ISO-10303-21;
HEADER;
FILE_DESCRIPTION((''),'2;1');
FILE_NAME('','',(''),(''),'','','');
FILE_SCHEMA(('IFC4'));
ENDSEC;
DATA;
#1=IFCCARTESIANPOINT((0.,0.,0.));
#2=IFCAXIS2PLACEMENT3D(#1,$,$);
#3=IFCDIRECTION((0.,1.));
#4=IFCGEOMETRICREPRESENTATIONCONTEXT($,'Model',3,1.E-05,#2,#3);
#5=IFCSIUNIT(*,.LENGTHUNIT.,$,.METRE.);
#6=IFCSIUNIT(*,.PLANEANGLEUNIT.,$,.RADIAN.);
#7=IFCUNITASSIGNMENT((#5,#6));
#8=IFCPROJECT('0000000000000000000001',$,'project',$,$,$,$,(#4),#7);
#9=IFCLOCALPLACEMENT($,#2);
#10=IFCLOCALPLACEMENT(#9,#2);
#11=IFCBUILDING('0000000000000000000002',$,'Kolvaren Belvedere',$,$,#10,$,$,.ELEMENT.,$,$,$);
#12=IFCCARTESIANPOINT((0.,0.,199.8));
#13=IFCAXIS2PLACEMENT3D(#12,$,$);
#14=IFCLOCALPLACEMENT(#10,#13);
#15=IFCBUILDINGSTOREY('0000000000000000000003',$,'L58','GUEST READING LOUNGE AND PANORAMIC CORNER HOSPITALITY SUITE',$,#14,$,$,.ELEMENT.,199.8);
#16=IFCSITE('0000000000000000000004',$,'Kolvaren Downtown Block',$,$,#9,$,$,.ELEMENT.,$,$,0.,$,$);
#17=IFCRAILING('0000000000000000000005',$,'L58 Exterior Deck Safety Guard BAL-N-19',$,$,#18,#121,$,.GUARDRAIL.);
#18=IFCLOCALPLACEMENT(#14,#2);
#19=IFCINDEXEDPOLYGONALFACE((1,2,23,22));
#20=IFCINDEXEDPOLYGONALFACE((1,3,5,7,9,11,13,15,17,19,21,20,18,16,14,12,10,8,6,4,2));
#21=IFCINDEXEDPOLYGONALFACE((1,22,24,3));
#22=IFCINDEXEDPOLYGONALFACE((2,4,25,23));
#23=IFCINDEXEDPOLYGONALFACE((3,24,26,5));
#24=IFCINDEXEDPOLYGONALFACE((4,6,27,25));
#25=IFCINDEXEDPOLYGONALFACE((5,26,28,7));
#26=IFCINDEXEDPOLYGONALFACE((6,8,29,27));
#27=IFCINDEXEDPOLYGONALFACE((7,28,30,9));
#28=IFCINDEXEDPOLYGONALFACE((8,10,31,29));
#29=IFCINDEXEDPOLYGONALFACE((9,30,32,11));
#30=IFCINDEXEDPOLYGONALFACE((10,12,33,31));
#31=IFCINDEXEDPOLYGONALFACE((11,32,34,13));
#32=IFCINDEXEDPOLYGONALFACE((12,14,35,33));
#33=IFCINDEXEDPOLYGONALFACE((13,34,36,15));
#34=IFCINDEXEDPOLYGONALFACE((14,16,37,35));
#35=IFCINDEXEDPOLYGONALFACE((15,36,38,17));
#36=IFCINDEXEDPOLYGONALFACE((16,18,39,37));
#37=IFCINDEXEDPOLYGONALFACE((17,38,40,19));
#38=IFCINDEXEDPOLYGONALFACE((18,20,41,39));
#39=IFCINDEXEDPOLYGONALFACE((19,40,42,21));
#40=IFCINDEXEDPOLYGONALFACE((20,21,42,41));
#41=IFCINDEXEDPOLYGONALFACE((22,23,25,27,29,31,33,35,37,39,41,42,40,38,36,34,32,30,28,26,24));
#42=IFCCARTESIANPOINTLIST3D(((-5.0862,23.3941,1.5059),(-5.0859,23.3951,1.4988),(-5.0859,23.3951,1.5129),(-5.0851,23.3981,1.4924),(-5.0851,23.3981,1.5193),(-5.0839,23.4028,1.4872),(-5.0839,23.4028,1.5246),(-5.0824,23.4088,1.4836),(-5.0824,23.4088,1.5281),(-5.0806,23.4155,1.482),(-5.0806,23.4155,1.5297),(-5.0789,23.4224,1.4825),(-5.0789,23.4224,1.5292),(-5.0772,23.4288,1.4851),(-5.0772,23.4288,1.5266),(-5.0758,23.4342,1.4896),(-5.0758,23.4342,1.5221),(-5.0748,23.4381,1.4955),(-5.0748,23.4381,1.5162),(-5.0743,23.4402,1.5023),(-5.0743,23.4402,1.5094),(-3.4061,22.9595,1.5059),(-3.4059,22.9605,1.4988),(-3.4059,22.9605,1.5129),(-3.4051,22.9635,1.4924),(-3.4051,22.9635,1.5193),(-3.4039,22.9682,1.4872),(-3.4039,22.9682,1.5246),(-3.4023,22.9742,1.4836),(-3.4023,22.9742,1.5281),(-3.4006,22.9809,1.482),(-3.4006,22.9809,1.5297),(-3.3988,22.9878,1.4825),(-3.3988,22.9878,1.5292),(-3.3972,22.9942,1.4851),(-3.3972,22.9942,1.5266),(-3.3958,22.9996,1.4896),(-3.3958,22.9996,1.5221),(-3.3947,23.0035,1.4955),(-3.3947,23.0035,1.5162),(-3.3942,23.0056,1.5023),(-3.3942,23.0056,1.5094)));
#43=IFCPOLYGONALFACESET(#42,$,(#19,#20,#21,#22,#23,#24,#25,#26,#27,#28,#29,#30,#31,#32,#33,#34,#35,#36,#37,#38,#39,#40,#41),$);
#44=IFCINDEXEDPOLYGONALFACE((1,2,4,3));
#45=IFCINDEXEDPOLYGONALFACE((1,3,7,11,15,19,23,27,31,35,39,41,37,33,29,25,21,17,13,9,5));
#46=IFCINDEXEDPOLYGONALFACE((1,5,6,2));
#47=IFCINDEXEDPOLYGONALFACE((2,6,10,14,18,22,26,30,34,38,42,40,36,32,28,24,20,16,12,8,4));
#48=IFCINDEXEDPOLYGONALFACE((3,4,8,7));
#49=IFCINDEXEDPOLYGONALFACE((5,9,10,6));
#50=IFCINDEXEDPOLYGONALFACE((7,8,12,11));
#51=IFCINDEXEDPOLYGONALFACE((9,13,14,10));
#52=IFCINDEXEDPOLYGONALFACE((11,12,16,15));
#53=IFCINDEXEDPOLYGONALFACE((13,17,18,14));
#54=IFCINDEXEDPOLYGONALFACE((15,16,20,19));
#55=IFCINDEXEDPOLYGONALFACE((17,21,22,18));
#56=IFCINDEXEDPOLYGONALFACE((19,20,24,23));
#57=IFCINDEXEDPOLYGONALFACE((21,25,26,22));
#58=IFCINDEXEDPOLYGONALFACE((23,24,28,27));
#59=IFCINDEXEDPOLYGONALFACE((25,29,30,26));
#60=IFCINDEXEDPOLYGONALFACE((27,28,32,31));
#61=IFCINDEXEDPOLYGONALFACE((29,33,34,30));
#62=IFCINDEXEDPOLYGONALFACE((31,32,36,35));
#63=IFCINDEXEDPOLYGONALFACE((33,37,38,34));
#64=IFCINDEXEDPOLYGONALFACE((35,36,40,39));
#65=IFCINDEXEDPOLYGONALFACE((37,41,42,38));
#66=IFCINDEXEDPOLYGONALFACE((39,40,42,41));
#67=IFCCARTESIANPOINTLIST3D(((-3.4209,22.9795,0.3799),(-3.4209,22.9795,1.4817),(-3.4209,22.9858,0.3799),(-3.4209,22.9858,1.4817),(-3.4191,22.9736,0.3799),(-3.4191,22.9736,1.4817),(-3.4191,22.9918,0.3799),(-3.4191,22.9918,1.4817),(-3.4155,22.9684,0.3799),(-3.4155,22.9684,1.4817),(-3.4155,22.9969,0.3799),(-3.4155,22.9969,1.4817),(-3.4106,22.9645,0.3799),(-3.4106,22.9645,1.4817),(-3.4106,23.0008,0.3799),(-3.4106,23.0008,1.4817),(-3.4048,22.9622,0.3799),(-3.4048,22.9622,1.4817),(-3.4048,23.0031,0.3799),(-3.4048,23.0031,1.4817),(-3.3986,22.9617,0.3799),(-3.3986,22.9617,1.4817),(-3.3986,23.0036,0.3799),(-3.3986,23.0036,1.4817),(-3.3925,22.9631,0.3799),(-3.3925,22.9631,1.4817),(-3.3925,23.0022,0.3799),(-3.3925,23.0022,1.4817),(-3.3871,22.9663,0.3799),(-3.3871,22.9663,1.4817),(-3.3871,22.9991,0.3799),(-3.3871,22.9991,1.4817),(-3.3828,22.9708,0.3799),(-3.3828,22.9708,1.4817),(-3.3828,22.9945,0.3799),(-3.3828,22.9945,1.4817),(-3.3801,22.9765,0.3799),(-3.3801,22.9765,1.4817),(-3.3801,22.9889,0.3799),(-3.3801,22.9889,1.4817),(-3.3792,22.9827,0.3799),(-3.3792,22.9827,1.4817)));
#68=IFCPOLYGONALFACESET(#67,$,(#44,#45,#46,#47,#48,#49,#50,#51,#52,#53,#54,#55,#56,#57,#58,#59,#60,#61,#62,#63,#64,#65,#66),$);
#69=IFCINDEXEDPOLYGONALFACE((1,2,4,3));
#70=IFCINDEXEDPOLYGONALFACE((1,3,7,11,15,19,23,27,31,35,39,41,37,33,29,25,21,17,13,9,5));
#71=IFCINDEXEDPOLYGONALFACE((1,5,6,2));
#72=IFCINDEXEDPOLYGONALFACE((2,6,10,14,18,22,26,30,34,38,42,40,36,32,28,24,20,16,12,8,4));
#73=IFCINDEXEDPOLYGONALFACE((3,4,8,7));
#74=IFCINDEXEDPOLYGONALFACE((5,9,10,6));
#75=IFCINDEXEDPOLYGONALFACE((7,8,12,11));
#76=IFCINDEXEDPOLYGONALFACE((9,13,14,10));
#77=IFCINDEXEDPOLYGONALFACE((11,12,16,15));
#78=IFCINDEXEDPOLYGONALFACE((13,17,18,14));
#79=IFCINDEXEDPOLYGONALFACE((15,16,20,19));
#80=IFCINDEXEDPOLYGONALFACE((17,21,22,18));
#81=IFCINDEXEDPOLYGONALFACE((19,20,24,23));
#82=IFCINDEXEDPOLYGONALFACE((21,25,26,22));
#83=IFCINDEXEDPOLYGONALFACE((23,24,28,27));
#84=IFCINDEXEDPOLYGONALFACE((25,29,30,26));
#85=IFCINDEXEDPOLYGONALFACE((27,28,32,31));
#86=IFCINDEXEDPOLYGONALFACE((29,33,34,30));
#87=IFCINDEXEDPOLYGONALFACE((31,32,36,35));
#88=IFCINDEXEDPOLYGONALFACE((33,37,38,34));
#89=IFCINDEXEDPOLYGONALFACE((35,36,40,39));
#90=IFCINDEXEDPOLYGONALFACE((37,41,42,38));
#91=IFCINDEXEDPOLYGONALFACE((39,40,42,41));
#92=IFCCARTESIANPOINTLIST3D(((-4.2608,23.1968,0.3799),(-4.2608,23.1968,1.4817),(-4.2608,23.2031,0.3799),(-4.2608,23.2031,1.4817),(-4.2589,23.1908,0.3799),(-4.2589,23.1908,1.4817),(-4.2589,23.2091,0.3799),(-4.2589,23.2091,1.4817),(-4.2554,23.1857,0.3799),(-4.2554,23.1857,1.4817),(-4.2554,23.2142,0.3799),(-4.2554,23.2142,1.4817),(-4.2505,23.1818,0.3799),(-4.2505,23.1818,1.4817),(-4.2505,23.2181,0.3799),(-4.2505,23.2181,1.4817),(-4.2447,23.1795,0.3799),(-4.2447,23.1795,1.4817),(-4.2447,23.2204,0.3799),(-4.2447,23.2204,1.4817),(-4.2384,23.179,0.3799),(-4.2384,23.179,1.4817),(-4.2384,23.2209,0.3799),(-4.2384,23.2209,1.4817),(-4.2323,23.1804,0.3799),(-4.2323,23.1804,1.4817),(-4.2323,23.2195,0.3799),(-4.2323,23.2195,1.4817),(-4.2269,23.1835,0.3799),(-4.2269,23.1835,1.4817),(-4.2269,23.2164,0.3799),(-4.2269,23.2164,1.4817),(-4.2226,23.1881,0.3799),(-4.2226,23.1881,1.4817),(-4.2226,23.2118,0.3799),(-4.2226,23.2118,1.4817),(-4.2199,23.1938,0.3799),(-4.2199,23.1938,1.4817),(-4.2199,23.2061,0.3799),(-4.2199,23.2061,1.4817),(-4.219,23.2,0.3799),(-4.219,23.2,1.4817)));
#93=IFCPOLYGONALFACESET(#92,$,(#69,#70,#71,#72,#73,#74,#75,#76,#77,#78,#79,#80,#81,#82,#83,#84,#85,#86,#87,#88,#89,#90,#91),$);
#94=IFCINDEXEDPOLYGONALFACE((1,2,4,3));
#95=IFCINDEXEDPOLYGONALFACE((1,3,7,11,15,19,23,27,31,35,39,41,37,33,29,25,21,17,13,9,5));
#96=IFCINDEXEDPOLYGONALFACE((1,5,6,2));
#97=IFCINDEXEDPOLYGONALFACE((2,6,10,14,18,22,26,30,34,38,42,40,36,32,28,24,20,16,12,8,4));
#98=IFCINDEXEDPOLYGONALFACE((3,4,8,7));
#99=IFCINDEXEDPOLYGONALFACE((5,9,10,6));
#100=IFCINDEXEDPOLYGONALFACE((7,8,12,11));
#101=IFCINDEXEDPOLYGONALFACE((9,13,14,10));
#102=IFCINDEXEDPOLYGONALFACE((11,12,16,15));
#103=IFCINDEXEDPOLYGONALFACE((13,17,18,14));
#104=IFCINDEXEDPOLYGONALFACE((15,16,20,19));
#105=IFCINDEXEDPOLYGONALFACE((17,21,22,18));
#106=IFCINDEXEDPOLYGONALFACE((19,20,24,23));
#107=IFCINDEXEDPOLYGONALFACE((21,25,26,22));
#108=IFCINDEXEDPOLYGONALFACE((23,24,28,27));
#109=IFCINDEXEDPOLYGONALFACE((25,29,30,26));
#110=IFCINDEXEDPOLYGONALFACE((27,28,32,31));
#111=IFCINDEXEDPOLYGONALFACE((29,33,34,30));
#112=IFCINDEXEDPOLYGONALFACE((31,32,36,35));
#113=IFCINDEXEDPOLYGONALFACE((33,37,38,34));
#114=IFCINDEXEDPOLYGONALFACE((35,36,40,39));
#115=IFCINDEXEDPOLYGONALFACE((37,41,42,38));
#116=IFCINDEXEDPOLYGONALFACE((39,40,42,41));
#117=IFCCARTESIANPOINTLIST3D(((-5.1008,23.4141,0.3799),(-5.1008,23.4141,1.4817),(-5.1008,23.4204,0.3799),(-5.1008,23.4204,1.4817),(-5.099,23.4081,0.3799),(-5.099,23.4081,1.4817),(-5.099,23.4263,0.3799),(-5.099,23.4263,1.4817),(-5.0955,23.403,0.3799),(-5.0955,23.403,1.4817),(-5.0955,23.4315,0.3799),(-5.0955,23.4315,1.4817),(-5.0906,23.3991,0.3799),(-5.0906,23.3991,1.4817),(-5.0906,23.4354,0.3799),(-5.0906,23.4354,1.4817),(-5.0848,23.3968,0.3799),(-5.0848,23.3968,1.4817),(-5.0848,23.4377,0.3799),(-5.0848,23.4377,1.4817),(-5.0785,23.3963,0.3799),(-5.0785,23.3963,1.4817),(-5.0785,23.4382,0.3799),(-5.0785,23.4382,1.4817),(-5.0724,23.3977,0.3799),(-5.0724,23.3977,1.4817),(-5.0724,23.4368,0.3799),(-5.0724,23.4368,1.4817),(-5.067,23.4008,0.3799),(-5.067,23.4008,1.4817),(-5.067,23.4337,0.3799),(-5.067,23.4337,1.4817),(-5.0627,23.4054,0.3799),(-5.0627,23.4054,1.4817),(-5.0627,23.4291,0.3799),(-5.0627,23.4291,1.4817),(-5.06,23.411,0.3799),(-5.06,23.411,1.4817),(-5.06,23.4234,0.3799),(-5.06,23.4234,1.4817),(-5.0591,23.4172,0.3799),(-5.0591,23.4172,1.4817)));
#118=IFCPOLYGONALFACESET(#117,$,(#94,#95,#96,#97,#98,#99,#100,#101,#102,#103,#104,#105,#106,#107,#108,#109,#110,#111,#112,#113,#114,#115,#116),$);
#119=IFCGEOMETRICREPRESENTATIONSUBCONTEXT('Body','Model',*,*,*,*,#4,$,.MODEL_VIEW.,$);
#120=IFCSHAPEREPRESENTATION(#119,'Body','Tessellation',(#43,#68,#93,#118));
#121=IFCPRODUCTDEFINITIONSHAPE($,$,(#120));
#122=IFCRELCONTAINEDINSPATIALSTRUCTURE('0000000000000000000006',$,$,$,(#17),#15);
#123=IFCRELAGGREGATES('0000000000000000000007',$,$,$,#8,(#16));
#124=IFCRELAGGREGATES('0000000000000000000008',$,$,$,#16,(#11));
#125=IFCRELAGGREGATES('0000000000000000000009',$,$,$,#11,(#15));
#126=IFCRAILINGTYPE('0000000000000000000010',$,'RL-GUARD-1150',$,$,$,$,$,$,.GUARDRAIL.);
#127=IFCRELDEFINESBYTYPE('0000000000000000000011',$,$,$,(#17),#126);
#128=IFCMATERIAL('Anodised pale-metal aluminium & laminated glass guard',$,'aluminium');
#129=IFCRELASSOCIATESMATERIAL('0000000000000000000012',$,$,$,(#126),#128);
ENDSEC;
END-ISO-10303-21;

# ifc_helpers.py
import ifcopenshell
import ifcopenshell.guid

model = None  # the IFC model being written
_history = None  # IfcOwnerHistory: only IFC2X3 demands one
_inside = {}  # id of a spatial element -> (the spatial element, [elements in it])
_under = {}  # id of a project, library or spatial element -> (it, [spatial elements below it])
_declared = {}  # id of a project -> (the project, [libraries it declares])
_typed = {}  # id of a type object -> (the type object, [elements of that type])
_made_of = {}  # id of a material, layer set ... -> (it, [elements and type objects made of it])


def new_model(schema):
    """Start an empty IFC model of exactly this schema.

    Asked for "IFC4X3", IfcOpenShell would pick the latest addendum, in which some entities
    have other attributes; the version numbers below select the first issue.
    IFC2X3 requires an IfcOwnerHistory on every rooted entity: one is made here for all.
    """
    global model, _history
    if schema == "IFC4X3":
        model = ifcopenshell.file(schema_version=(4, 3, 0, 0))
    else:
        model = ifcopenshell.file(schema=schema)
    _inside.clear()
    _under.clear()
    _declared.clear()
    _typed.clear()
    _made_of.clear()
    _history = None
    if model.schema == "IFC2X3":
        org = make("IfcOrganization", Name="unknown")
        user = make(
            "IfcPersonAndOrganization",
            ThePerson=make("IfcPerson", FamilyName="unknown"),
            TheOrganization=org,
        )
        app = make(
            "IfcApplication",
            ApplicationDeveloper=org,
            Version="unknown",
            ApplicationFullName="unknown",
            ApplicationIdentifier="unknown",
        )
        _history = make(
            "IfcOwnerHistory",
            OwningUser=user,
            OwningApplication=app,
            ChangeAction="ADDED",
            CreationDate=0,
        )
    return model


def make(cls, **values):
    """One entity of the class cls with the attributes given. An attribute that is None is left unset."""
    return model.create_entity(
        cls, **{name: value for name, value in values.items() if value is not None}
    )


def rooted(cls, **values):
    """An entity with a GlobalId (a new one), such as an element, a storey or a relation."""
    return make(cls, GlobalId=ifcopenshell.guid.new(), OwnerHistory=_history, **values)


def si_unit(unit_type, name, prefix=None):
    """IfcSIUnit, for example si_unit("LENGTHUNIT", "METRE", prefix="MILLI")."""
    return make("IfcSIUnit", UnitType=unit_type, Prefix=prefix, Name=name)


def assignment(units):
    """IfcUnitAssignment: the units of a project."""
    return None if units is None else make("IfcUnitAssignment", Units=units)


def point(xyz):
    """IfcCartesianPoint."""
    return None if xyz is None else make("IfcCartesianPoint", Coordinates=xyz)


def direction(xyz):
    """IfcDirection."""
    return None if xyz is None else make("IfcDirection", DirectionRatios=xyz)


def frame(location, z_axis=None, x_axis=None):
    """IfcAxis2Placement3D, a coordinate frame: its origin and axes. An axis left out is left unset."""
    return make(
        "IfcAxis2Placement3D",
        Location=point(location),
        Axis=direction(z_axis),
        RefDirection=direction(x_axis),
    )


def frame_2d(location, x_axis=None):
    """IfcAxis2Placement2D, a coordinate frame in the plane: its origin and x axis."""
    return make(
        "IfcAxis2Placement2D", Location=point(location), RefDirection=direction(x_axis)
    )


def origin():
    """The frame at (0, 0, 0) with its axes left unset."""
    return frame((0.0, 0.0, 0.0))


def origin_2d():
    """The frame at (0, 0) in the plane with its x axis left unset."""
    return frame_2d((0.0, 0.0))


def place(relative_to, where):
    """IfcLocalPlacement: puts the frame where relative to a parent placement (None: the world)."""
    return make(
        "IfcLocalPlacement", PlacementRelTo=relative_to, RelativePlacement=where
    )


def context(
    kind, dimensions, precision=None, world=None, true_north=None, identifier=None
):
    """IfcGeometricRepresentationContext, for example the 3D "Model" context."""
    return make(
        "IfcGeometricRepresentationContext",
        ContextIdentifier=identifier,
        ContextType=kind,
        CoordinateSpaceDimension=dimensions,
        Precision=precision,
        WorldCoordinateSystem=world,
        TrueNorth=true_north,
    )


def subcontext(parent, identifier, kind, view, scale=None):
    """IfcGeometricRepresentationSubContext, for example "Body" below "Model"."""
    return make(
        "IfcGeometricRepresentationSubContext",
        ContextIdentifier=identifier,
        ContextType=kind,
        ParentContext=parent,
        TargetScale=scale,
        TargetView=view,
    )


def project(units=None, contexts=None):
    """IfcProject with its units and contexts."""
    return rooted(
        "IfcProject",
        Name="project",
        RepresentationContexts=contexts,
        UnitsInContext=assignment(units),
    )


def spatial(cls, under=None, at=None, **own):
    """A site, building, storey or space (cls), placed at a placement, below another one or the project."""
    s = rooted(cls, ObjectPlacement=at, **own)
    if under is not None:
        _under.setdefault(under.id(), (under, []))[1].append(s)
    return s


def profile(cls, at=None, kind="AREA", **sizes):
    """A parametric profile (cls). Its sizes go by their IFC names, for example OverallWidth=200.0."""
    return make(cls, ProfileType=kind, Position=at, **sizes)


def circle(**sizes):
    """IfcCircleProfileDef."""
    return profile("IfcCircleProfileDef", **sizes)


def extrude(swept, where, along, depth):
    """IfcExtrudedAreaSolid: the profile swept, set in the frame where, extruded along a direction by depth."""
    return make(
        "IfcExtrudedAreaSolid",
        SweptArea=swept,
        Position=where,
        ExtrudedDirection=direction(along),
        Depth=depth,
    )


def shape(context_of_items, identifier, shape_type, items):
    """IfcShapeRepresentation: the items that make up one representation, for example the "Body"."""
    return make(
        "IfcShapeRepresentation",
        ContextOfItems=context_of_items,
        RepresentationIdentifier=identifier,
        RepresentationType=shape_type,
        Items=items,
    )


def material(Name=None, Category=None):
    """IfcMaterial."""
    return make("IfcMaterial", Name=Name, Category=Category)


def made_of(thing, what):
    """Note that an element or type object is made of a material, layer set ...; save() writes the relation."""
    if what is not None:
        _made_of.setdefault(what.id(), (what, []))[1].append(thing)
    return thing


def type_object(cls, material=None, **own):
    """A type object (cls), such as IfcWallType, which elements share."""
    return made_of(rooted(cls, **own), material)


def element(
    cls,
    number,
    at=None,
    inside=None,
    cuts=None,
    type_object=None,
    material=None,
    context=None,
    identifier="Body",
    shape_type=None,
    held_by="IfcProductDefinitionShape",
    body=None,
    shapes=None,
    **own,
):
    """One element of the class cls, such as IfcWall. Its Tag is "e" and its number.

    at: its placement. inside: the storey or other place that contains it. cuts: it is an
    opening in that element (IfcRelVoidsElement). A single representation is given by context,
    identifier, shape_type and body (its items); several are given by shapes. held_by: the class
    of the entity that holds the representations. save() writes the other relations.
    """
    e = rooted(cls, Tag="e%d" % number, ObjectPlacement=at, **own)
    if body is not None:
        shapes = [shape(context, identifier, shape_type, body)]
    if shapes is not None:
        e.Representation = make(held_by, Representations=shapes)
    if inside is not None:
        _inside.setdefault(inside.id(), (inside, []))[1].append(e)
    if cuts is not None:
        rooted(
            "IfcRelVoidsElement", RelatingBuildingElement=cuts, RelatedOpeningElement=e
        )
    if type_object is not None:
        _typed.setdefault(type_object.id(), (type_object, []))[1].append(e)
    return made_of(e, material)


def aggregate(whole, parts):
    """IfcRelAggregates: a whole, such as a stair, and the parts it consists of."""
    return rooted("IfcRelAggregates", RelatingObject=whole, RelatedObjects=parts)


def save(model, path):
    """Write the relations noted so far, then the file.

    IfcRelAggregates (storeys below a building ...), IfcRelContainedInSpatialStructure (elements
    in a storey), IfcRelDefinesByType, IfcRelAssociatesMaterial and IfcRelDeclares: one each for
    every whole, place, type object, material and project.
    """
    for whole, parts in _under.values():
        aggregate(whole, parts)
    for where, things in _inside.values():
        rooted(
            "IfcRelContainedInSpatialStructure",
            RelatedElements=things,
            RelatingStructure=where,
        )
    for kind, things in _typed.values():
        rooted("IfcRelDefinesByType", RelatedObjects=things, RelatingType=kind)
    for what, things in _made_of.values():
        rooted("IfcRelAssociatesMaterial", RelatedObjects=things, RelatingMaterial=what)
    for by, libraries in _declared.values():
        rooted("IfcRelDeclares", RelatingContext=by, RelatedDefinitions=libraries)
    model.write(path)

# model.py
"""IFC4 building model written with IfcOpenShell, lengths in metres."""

from ifc_helpers import new_model, si_unit, direction, frame, origin, origin_2d, place, context, subcontext, project, spatial, circle, extrude, material, type_object, element, save


model = new_model("IFC4")

# Units and contexts
model_context = context("Model", 3, precision=1e-05, world=origin(), true_north=direction((0.0, 1.0)))
body_context = subcontext(model_context, "Body", "Model", "MODEL_VIEW")
ifc_project = project(units=[si_unit("LENGTHUNIT", "METRE"), si_unit("PLANEANGLEUNIT", "RADIAN")], contexts=[model_context])

# Site, building, storey
site_placement = place(None, origin())
site = spatial("IfcSite", under=ifc_project, at=site_placement, Name="Kolvaren Downtown Block", CompositionType="ELEMENT", RefElevation=0.0)
building_placement = place(site_placement, origin())
building = spatial("IfcBuilding", under=site, at=building_placement, Name="Kolvaren Belvedere", CompositionType="ELEMENT")
storey_placement = place(building_placement, frame((0.0, 0.0, 199.8)))
storey = spatial("IfcBuildingStorey", under=building, at=storey_placement, Name="L58", Description="GUEST READING LOUNGE AND PANORAMIC CORNER HOSPITALITY SUITE", CompositionType="ELEMENT", Elevation=199.8)

# Railing
ifc_material_1 = material(Name="Anodised pale-metal aluminium & laminated glass guard", Category="aluminium")
railing_type = type_object("IfcRailingType", Name="RL-GUARD-1150", PredefinedType="GUARDRAIL", material=ifc_material_1)
railing_1_placement = place(storey_placement, frame((-3.4001, 22.9827, 0.3799)))
element("IfcRailing", 1, at=railing_1_placement, inside=storey, type_object=railing_type, Name="L58 Exterior Deck Safety Guard BAL-N-19", PredefinedType="GUARDRAIL", context=body_context, shape_type="SweptSolid", body=[
    extrude(circle(Radius=0.0239, at=origin_2d()), frame((0.0, 0.0, 1.126), z_axis=(-0.968132, 0.25044, 0.0), x_axis=(-0.25044, -0.968132, 0.0)), (0.0, 0.0, 1.0), 1.7354),
    extrude(circle(Radius=0.021, at=origin_2d()), origin(), (0.0, 0.0, 1.0), 1.1018),
    extrude(circle(Radius=0.021, at=origin_2d()), frame((-0.8398, 0.2173, 0.0)), (0.0, 0.0, 1.0), 1.1018),
    extrude(circle(Radius=0.021, at=origin_2d()), frame((-1.6799, 0.4346, 0.0)), (0.0, 0.0, 1.0), 1.1018),
])

save(model, "model.ifc")
